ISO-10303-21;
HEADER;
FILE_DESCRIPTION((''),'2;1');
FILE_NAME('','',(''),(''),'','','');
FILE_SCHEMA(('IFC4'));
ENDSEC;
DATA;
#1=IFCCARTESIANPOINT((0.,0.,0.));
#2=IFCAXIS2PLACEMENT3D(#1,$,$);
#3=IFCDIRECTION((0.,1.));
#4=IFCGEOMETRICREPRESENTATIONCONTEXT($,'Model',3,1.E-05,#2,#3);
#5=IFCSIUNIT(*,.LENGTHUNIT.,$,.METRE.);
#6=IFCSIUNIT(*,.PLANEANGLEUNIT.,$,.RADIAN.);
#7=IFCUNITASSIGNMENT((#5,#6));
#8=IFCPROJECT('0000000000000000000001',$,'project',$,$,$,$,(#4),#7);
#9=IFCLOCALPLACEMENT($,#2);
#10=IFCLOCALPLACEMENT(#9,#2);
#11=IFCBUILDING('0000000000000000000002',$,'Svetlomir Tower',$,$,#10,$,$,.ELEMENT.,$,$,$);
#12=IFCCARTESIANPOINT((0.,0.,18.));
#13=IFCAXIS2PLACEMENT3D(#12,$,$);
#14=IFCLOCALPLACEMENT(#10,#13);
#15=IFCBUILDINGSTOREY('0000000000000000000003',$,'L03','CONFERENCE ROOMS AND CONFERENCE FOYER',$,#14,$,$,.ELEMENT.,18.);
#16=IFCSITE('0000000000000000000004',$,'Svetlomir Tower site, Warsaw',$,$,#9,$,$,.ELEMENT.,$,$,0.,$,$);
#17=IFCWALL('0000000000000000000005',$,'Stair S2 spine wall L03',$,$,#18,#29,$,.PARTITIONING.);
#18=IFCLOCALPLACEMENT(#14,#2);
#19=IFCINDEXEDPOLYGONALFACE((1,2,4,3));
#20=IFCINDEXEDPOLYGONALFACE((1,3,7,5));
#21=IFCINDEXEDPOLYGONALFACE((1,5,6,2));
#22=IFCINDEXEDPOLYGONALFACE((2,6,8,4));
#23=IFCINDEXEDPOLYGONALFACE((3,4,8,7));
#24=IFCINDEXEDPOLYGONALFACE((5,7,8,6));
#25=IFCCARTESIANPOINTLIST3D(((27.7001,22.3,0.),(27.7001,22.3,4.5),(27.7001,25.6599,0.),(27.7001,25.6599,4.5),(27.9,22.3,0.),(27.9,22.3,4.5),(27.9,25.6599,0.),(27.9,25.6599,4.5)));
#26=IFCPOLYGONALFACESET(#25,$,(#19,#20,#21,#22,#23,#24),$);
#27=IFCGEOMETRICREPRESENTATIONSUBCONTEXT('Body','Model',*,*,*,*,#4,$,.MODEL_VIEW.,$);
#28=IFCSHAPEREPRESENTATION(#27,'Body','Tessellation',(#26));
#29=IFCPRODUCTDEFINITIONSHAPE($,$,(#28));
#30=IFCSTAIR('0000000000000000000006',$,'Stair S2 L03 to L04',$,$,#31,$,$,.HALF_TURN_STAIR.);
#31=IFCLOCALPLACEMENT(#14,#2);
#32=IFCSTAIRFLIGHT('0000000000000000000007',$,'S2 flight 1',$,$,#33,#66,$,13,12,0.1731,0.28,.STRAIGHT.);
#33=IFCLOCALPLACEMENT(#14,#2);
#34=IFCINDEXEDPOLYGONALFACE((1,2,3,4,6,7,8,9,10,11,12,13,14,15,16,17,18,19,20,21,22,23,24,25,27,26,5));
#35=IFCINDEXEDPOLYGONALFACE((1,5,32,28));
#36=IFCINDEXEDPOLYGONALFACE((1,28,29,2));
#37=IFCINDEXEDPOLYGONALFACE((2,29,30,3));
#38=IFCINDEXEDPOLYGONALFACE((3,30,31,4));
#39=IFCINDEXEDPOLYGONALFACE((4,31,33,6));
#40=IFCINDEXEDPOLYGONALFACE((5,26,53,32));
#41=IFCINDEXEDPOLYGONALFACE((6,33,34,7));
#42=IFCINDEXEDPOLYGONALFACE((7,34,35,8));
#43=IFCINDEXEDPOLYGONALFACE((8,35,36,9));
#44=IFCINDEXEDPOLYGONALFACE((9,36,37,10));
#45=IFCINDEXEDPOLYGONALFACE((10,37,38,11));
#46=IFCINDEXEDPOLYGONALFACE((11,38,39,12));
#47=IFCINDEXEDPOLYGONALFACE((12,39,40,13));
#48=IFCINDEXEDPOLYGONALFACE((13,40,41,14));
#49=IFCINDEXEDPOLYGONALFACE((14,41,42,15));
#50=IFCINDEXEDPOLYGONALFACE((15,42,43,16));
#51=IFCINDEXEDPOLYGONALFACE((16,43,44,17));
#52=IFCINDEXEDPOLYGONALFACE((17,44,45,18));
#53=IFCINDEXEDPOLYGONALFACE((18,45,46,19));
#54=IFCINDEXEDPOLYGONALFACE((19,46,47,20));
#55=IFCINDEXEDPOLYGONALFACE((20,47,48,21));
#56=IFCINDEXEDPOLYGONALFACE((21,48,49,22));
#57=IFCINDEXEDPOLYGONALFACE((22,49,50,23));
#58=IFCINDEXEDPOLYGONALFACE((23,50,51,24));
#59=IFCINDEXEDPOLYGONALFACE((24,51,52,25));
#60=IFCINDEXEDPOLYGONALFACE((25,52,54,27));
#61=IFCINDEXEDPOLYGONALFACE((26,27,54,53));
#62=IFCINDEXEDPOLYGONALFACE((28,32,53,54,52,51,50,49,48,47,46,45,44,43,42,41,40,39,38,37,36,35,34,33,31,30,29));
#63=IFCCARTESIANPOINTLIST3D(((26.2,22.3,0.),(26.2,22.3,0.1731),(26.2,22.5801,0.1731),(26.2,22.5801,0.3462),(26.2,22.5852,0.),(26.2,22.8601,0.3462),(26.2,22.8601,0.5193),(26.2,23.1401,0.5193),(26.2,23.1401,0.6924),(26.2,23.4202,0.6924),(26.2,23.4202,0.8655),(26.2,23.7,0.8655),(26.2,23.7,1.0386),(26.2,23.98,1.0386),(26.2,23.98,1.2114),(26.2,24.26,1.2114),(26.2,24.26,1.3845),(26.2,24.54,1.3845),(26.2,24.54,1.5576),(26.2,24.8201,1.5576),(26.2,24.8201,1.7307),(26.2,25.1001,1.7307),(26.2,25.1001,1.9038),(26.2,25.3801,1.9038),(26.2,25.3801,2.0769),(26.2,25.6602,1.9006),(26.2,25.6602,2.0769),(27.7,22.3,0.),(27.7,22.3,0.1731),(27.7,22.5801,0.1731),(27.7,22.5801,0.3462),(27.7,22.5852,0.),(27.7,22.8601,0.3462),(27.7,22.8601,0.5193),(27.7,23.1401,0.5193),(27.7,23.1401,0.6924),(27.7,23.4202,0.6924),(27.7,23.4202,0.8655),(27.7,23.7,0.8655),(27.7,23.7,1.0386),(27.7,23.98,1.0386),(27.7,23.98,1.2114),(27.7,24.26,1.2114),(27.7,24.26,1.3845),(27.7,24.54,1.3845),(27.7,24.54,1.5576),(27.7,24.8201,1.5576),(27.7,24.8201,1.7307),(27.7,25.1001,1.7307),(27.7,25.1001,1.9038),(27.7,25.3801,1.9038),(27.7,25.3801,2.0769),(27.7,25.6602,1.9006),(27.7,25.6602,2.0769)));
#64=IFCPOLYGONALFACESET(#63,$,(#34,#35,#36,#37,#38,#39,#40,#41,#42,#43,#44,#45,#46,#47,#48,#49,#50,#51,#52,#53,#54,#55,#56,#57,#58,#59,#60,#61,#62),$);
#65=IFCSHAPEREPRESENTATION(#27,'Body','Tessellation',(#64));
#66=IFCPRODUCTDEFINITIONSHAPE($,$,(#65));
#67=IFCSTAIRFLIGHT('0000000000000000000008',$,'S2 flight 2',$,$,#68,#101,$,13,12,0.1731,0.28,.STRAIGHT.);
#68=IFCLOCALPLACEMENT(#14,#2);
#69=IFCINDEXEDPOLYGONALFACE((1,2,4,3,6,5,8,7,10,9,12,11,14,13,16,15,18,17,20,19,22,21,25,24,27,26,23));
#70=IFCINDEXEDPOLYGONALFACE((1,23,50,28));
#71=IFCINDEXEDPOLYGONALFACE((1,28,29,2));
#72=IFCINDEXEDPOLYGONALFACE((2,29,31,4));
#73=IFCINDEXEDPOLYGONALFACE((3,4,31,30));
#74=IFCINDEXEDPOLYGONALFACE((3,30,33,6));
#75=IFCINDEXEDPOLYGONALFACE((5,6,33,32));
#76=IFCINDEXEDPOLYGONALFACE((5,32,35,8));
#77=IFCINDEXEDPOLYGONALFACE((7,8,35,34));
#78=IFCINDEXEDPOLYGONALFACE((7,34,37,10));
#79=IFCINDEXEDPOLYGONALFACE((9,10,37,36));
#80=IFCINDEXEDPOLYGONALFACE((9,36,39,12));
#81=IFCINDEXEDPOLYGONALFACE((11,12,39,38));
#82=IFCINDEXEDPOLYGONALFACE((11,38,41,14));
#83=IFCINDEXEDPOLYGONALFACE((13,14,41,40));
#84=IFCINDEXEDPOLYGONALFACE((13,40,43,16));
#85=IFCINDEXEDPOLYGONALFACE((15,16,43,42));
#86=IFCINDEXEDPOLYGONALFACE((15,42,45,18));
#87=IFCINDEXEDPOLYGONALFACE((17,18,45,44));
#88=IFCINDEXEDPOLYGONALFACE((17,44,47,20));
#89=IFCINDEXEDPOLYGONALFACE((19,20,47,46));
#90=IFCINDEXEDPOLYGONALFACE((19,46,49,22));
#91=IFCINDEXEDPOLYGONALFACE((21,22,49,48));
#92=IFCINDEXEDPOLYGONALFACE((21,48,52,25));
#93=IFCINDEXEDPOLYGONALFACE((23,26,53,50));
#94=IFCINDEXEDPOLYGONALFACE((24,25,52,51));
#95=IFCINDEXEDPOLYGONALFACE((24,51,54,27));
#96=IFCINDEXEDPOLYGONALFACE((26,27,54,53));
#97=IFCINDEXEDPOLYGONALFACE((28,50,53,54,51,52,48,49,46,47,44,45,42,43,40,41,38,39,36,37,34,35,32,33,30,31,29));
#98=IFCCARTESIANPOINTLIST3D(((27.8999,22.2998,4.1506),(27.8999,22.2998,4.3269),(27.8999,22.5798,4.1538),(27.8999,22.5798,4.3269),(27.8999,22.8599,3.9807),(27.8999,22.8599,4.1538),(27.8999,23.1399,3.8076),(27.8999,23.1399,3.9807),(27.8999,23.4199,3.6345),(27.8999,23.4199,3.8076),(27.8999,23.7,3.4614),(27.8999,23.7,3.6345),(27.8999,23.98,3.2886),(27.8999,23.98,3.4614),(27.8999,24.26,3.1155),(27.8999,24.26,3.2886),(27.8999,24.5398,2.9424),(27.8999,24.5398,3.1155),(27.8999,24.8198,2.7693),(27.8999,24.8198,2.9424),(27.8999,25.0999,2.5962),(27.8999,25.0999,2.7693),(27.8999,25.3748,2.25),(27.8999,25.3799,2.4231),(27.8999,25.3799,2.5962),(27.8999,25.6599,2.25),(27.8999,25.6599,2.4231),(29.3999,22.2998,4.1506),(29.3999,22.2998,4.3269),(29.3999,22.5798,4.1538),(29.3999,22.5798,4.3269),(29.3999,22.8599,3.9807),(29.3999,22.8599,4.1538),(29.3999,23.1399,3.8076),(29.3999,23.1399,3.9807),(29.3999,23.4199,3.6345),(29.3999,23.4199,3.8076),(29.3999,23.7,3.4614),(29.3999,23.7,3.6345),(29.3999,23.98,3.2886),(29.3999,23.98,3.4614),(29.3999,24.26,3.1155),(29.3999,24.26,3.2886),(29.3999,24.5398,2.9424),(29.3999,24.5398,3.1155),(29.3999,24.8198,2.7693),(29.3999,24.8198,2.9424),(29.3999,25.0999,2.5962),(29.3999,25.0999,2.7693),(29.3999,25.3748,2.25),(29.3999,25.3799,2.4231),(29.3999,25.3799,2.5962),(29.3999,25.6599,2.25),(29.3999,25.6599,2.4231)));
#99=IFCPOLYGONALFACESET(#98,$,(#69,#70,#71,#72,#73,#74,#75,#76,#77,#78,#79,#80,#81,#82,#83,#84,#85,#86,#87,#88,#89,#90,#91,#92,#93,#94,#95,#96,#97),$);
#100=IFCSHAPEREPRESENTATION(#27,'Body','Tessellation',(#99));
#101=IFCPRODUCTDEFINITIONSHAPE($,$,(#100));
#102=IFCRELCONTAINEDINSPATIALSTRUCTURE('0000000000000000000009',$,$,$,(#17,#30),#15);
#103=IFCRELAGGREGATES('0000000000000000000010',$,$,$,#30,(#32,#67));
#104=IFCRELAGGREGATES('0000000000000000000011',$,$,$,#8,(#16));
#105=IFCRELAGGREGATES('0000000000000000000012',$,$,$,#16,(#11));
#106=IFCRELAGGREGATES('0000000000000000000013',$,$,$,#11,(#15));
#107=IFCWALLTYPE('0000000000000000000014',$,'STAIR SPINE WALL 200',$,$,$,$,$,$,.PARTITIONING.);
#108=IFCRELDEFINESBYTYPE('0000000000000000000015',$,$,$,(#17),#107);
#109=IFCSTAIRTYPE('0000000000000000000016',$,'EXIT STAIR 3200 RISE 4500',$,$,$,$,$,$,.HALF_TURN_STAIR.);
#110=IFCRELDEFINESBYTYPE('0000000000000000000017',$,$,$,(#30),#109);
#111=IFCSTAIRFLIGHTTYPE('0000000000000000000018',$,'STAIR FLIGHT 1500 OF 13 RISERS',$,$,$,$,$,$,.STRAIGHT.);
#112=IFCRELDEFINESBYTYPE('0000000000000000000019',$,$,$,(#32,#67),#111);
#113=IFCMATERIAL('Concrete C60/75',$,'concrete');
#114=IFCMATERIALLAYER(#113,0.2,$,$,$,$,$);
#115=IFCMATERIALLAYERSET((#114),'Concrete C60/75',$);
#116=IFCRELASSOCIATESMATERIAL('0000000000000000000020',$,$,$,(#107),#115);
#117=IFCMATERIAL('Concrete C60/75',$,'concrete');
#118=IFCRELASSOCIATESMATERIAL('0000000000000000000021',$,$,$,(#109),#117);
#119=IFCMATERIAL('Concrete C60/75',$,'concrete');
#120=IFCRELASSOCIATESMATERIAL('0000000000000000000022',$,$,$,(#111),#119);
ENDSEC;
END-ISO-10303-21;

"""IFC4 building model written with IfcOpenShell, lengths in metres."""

from ifc_helpers import new_model, si_unit, direction, frame, frame_2d, origin, place, context, subcontext, project, spatial, polyline, rectangle, outline, extrude, material, layer, layer_set, type_object, element, aggregate, save


model = new_model("IFC4")

# Units and contexts
model_context = context("Model", 3, precision=1e-05, world=origin(), true_north=direction((0.0, 1.0)))
body_context = subcontext(model_context, "Body", "Model", "MODEL_VIEW")
ifc_project = project(units=[si_unit("LENGTHUNIT", "METRE"), si_unit("PLANEANGLEUNIT", "RADIAN")], contexts=[model_context])

# Site, building, storey
site_placement = place(None, origin())
site = spatial("IfcSite", under=ifc_project, at=site_placement, Name="Svetlomir Tower site, Warsaw", CompositionType="ELEMENT", RefElevation=0.0)
building_placement = place(site_placement, origin())
building = spatial("IfcBuilding", under=site, at=building_placement, Name="Svetlomir Tower", CompositionType="ELEMENT")
storey_placement = place(building_placement, frame((0.0, 0.0, 18.0)))
storey = spatial("IfcBuildingStorey", under=building, at=storey_placement, Name="L03", Description="CONFERENCE ROOMS AND CONFERENCE FOYER", CompositionType="ELEMENT", Elevation=18.0)

# Wall
ifc_material_1 = material(Name="Concrete C60/75", Category="concrete")
ifc_layer_1 = layer(ifc_material_1, 0.2)
ifc_layer_set_1 = layer_set([ifc_layer_1], Name="Concrete C60/75")
wall_type_1 = type_object("IfcWallType", Name="STAIR SPINE WALL 200", PredefinedType="PARTITIONING", material=ifc_layer_set_1)
wall_1_placement = place(storey_placement, frame((27.8, 22.3, 0.0), z_axis=(0.0, 0.0, 1.0), x_axis=(0.0, 1.0, 0.0)))
element("IfcWall", 1, at=wall_1_placement, inside=storey, type_object=wall_type_1, Name="Stair S2 spine wall L03", PredefinedType="PARTITIONING", context=body_context, shape_type="SweptSolid", body=[
    extrude(rectangle(XDim=3.3599, YDim=0.2, at=frame_2d((1.6799, 0.0))), origin(), (0.0, 0.0, 1.0), 4.5),
])

# Stair, stair flights
ifc_material_2 = material(Name="Concrete C60/75", Category="concrete")
stair_type = type_object("IfcStairType", Name="EXIT STAIR 3200 RISE 4500", PredefinedType="HALF_TURN_STAIR", material=ifc_material_2)
stair_placement = place(storey_placement, origin())
stair = element("IfcStair", 2, at=stair_placement, inside=storey, type_object=stair_type, Name="Stair S2 L03 to L04", PredefinedType="HALF_TURN_STAIR")
ifc_material_3 = material(Name="Concrete C60/75", Category="concrete")
stair_flight_type = type_object("IfcStairFlightType", Name="STAIR FLIGHT 1500 OF 13 RISERS", PredefinedType="STRAIGHT", material=ifc_material_3)
stair_flight_1_placement = place(storey_placement, frame((26.95, 22.3, 0.0), z_axis=(0.0, 0.0, 1.0), x_axis=(0.0, 1.0, 0.0)))
stair_flight_1 = element("IfcStairFlight", 3, at=stair_flight_1_placement, type_object=stair_flight_type, Name="S2 flight 1", NumberOfRisers=13, NumberOfTreads=12, PredefinedType="STRAIGHT", RiserHeight=0.1731, TreadLength=0.28, context=body_context, shape_type="SweptSolid", body=[
    extrude(outline(polyline([(0.0, 0.0), (0.0, 0.1731), (0.28, 0.1731), (0.28, 0.3462), (0.5601, 0.3462), (0.5601, 0.5193), (0.8401, 0.5193), (0.8401, 0.6924), (1.1201, 0.6924), (1.1201, 0.8655), (1.3999, 0.8655), (1.3999, 1.0386), (1.6799, 1.0386), (1.6799, 1.2114), (1.96, 1.2114), (1.96, 1.3845), (2.24, 1.3845), (2.24, 1.5576), (2.52, 1.5576), (2.52, 1.7307), (2.8, 1.7307), (2.8, 1.9038), (3.0801, 1.9038), (3.0801, 2.0769), (3.3601, 2.0769), (3.3601, 2.25), (3.3601, 1.9006), (0.2852, 0.0), (0.0, 0.0)])), frame((0.0, 0.75, 0.0), z_axis=(0.0, -1.0, 0.0), x_axis=(1.0, 0.0, 0.0)), (0.0, 0.0, 1.0), 1.5),
])
stair_flight_2_placement = place(storey_placement, frame((28.6499, 25.6599, 2.25), z_axis=(0.0, 0.0, 1.0), x_axis=(0.0, -1.0, 0.0)))
stair_flight_2 = element("IfcStairFlight", 4, at=stair_flight_2_placement, type_object=stair_flight_type, Name="S2 flight 2", NumberOfRisers=13, NumberOfTreads=12, PredefinedType="STRAIGHT", RiserHeight=0.1731, TreadLength=0.28, context=body_context, shape_type="SweptSolid", body=[
    extrude(outline(polyline([(0.0, 0.0), (0.0, 0.1731), (0.28, 0.1731), (0.28, 0.3462), (0.5601, 0.3462), (0.5601, 0.5193), (0.8401, 0.5193), (0.8401, 0.6924), (1.1201, 0.6924), (1.1201, 0.8655), (1.3999, 0.8655), (1.3999, 1.0386), (1.6799, 1.0386), (1.6799, 1.2114), (1.96, 1.2114), (1.96, 1.3845), (2.24, 1.3845), (2.24, 1.5576), (2.52, 1.5576), (2.52, 1.7307), (2.8, 1.7307), (2.8, 1.9038), (3.0801, 1.9038), (3.0801, 2.0769), (3.3601, 2.0769), (3.3601, 2.25), (3.3601, 1.9006), (0.2852, 0.0), (0.0, 0.0)])), frame((0.0, 0.75, 0.0), z_axis=(0.0, -1.0, 0.0), x_axis=(1.0, 0.0, 0.0)), (0.0, 0.0, 1.0), 1.5),
])
aggregate(stair, [stair_flight_1, stair_flight_2])

save(model, "model.ifc")
